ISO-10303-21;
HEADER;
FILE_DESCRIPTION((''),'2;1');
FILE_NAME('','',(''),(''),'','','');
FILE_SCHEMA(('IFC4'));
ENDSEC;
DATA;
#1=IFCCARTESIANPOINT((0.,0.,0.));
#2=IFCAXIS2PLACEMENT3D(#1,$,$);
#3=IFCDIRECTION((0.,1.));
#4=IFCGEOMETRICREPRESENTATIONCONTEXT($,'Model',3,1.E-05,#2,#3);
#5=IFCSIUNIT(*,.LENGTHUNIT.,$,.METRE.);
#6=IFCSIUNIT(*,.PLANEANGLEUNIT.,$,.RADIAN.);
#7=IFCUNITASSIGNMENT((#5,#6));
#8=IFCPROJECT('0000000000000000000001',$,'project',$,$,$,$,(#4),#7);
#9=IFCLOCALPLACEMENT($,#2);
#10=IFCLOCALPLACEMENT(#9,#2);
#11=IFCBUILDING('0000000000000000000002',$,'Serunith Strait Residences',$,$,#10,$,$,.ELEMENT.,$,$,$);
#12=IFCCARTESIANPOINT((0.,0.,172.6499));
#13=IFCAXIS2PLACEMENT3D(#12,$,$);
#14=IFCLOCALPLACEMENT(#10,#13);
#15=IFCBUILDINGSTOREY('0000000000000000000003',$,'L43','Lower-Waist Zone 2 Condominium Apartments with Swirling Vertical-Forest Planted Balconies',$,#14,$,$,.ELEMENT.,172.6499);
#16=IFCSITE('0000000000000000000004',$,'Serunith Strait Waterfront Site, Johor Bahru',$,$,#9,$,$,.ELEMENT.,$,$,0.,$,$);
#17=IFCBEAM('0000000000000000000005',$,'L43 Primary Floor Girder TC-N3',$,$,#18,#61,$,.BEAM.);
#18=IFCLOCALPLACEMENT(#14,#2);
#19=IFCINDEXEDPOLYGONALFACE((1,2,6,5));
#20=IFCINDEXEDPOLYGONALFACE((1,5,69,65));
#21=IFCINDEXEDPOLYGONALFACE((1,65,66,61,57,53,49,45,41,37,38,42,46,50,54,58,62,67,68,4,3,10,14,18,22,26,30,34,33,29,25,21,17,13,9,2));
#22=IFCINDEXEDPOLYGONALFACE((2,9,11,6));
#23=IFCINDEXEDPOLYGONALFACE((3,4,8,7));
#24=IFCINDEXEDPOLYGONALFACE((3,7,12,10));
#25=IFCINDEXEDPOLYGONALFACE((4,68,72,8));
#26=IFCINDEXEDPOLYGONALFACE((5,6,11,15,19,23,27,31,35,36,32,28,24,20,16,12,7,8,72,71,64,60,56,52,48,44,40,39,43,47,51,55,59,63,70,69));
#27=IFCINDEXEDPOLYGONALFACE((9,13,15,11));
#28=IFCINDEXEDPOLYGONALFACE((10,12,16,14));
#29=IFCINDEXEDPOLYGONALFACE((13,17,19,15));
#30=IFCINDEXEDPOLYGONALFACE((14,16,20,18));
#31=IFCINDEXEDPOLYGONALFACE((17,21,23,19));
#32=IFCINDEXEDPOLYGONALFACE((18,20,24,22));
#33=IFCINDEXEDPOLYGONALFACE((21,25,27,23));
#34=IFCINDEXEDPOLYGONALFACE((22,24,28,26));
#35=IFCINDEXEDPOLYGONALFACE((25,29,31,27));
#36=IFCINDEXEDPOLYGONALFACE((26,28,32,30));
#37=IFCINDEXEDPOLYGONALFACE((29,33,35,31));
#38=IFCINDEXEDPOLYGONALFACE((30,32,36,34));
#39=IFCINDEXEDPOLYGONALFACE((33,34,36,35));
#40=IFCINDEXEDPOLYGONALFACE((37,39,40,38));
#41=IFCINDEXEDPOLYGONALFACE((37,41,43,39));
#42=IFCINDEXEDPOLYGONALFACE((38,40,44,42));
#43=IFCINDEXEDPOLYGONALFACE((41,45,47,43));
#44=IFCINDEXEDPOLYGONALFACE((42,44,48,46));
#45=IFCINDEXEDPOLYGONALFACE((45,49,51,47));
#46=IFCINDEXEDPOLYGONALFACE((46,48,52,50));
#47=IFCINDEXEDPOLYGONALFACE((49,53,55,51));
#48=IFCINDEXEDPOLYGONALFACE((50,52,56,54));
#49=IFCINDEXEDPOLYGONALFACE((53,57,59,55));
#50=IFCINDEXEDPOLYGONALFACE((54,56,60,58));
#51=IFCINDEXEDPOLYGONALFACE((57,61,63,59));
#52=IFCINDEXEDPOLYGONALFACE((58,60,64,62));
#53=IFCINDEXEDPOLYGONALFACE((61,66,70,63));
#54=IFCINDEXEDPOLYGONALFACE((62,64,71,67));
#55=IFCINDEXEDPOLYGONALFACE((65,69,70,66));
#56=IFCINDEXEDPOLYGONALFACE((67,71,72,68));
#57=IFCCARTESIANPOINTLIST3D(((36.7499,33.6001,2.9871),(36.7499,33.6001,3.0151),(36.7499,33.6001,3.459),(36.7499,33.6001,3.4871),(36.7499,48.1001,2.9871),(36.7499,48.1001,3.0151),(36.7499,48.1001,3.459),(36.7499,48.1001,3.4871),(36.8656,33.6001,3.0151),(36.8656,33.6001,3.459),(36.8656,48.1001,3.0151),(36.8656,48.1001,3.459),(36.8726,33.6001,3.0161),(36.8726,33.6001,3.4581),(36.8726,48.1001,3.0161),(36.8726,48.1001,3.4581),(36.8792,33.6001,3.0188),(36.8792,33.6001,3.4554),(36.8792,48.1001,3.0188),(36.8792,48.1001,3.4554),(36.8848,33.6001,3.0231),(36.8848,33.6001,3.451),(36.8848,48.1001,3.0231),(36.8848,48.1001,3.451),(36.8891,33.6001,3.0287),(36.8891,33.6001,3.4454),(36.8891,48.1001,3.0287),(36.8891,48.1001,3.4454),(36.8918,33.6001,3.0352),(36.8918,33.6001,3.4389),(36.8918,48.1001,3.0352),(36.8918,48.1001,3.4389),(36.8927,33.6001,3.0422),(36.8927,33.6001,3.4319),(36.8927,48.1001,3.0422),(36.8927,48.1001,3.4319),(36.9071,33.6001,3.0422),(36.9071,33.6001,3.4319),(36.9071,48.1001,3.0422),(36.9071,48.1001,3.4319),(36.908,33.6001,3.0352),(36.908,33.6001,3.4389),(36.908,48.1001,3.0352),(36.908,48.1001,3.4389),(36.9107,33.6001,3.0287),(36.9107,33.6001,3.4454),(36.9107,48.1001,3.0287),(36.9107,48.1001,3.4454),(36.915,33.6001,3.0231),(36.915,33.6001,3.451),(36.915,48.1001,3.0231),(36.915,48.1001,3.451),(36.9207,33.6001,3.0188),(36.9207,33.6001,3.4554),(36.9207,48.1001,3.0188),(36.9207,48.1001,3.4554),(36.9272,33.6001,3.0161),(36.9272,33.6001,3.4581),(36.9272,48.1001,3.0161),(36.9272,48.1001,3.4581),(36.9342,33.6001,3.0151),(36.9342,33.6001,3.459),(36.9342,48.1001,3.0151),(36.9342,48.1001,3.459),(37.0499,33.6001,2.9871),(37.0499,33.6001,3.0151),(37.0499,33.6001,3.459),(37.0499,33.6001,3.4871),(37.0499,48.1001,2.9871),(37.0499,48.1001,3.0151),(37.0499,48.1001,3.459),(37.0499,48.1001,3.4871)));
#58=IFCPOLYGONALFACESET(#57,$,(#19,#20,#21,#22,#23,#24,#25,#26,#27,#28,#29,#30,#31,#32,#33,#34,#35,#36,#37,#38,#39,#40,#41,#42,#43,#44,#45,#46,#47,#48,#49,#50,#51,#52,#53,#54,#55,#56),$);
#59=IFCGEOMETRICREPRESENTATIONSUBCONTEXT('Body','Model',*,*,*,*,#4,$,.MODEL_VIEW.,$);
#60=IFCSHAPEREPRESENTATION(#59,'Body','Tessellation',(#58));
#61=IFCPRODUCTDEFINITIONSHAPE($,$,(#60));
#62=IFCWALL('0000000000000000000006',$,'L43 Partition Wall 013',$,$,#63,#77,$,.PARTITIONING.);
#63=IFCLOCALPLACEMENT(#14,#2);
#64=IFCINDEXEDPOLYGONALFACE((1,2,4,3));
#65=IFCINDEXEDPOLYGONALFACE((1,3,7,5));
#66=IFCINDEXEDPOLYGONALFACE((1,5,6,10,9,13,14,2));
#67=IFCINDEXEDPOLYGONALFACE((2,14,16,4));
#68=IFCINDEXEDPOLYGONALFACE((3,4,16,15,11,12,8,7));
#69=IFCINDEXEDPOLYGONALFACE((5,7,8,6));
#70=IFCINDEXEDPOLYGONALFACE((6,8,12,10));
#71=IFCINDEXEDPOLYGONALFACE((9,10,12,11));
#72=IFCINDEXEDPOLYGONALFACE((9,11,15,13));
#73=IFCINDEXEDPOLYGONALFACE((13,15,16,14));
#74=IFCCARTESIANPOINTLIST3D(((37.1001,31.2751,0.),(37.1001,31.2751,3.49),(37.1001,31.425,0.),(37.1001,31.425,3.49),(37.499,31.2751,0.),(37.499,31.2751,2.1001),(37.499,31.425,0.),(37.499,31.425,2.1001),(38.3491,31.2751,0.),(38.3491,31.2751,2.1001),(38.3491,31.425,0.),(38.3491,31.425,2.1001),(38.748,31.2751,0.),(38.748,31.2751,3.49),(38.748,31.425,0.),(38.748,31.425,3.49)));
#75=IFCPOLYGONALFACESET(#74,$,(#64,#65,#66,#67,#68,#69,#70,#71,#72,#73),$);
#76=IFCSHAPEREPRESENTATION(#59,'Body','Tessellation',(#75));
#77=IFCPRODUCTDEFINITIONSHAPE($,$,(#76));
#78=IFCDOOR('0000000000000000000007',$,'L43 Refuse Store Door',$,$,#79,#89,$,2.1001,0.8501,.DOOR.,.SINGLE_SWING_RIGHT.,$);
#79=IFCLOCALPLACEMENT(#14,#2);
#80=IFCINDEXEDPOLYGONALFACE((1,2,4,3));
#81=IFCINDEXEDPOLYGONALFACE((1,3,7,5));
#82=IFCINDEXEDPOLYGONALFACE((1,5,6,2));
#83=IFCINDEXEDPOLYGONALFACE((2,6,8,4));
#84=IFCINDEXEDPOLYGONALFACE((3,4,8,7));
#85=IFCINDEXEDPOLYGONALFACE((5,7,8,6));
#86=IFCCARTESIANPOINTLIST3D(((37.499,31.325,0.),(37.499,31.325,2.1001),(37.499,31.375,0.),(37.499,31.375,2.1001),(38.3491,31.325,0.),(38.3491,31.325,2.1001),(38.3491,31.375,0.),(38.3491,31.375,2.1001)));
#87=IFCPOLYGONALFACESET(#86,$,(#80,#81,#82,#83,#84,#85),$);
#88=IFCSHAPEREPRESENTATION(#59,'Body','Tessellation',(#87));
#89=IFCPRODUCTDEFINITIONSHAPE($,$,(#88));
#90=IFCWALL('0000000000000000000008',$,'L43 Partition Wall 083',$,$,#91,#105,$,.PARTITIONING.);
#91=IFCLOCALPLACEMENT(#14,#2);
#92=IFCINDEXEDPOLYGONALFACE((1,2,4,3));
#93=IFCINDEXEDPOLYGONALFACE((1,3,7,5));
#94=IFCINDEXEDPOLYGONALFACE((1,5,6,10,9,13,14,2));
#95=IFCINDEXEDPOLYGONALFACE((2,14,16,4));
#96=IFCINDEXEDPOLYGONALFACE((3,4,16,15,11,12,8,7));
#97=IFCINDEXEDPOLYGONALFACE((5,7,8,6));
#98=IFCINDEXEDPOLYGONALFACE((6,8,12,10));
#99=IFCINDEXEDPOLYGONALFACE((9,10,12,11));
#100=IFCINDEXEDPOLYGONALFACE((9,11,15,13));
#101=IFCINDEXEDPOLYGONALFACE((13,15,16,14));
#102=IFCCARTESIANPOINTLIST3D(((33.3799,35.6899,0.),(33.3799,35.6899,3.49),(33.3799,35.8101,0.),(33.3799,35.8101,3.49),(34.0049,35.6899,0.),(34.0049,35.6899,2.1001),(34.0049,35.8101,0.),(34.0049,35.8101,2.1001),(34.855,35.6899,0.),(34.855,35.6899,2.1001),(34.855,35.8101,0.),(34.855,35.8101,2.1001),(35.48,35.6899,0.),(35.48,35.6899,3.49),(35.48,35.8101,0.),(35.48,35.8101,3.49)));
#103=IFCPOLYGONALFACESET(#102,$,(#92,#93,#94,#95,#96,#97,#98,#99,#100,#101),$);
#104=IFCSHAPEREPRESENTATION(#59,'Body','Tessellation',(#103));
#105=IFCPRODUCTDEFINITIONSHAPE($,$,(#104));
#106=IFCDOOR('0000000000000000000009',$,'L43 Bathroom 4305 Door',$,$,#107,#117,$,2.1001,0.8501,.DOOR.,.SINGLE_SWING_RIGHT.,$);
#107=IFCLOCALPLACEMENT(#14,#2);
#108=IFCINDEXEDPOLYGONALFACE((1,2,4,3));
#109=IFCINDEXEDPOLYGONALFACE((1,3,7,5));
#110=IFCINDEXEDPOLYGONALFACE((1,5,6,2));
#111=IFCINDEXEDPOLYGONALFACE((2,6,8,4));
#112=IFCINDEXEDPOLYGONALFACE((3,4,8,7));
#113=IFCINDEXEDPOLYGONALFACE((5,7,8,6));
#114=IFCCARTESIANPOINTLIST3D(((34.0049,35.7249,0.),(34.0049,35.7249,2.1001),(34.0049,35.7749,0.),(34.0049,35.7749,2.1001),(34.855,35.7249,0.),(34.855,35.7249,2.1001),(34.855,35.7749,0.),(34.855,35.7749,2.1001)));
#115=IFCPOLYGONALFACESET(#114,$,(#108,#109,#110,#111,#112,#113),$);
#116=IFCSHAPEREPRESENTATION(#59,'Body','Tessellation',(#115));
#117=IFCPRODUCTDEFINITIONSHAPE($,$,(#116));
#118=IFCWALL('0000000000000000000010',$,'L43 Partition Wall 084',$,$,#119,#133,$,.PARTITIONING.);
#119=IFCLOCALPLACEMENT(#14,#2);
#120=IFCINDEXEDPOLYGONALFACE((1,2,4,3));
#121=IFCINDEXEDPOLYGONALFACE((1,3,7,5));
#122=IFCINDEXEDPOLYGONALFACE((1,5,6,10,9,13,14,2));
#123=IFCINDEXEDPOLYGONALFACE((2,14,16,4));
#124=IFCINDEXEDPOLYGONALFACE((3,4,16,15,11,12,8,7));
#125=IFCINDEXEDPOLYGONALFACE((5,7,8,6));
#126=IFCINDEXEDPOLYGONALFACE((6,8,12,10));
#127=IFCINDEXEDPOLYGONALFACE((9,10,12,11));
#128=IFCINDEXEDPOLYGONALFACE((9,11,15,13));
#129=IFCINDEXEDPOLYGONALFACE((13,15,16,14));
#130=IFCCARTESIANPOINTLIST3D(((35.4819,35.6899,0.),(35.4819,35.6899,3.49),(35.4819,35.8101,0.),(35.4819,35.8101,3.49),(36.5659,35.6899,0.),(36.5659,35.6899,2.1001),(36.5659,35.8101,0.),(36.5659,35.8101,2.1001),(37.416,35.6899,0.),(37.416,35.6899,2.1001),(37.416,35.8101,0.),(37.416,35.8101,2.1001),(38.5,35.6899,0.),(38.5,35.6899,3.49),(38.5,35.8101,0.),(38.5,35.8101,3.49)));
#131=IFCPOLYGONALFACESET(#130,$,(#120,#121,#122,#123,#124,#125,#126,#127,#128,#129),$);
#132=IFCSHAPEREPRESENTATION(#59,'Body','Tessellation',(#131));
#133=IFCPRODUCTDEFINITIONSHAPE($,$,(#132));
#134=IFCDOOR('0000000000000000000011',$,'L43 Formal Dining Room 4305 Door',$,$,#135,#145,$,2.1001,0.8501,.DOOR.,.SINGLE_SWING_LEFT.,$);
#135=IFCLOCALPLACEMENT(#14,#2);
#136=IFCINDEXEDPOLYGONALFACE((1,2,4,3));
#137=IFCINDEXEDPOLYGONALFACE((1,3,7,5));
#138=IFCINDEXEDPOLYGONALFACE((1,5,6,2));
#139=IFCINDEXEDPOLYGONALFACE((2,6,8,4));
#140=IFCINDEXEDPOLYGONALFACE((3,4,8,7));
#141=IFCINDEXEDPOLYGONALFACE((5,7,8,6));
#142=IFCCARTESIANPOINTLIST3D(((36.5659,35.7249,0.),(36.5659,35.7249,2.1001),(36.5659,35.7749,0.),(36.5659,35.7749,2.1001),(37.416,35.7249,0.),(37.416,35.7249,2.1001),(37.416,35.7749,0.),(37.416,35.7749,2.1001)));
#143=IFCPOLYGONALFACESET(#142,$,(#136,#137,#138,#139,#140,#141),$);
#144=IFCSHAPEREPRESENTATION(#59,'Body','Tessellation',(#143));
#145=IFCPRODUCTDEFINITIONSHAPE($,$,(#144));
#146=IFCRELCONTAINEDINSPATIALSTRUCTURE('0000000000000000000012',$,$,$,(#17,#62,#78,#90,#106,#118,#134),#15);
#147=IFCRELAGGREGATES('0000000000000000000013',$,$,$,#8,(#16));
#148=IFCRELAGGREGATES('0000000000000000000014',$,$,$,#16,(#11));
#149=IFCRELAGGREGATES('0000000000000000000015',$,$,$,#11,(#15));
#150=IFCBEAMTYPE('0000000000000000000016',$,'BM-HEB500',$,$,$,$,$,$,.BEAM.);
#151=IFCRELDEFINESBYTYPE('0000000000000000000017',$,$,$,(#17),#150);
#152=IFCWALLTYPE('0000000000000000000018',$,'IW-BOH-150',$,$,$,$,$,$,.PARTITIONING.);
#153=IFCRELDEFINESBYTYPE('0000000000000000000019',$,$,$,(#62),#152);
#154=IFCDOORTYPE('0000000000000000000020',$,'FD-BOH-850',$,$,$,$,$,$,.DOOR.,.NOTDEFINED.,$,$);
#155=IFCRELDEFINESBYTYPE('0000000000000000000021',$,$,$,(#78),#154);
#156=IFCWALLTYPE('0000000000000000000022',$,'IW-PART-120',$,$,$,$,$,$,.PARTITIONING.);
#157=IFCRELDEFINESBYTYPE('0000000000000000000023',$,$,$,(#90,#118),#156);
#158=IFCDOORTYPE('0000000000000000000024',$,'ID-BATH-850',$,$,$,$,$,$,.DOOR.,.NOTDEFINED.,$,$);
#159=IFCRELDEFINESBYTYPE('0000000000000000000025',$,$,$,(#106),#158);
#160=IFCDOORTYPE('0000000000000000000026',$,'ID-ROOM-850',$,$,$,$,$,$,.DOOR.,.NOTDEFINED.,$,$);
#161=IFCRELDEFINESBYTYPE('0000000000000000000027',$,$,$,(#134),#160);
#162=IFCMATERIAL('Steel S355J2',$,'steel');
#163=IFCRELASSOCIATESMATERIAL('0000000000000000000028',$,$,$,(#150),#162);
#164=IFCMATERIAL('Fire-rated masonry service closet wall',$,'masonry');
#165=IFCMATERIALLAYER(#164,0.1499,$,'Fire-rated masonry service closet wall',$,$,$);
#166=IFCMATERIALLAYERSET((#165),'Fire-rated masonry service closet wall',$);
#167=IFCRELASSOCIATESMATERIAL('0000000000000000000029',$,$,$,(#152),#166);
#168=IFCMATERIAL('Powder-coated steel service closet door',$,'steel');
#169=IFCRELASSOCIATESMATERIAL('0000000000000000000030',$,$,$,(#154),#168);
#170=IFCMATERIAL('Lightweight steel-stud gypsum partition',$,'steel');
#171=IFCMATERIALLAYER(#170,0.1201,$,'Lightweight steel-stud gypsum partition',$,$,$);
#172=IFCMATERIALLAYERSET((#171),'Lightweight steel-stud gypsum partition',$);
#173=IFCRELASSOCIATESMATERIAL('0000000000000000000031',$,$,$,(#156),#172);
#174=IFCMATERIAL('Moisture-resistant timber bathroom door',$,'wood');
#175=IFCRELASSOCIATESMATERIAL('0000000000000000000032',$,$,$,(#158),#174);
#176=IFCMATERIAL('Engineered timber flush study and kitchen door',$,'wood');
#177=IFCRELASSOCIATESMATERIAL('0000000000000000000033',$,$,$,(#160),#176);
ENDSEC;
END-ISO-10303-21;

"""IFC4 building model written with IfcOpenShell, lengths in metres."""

from ifc_helpers import new_model, si_unit, direction, frame, frame_2d, origin, origin_2d, place, context, subcontext, project, spatial, rectangle, i_section, extrude, source, transform, mapped, material, layer, layer_set, material_profile, profile_set, type_object, element, fill, save


model = new_model("IFC4")

# Units and contexts
model_context = context("Model", 3, precision=1e-05, world=origin(), true_north=direction((0.0, 1.0)))
body_context = subcontext(model_context, "Body", "Model", "MODEL_VIEW")
ifc_project = project(units=[si_unit("LENGTHUNIT", "METRE"), si_unit("PLANEANGLEUNIT", "RADIAN")], contexts=[model_context])

# Site, building, storey
site_placement = place(None, origin())
site = spatial("IfcSite", under=ifc_project, at=site_placement, Name="Serunith Strait Waterfront Site, Johor Bahru", CompositionType="ELEMENT", RefElevation=0.0)
building_placement = place(site_placement, origin())
building = spatial("IfcBuilding", under=site, at=building_placement, Name="Serunith Strait Residences", CompositionType="ELEMENT")
storey_placement = place(building_placement, frame((0.0, 0.0, 172.6499)))
storey = spatial("IfcBuildingStorey", under=building, at=storey_placement, Name="L43", Description="Lower-Waist Zone 2 Condominium Apartments with Swirling Vertical-Forest Planted Balconies", CompositionType="ELEMENT", Elevation=172.6499)

# Beam
ifc_material_1 = material(Name="Steel S355J2", Category="steel")
ifc_material_profile = material_profile(ifc_material_1, i_section(OverallWidth=0.3, OverallDepth=0.5, WebThickness=0.0144, FlangeThickness=0.0281, FilletRadius=0.0271, at=origin_2d()), Name="HEB 500")
ifc_profile_set = profile_set([ifc_material_profile], Name="Steel S355J2")
beam_type = type_object("IfcBeamType", Name="BM-HEB500", PredefinedType="BEAM", material=ifc_profile_set)
shared_shape_1 = source(origin(), body_context, "Body", "SweptSolid", [
    extrude(i_section(OverallWidth=0.3, OverallDepth=0.5, WebThickness=0.0144, FlangeThickness=0.0281, FilletRadius=0.0271, at=origin_2d()), origin(), (0.0, 0.0, 1.0), 14.5),
])
beam_placement = place(storey_placement, frame((36.8999, 33.6001, 3.2371), z_axis=(0.0, 1.0, 0.0), x_axis=(-1.0, 0.0, 0.0)))
element("IfcBeam", 1, at=beam_placement, inside=storey, type_object=beam_type, Name="L43 Primary Floor Girder TC-N3", PredefinedType="BEAM", context=body_context, shape_type="MappedRepresentation", body=[
    mapped(shared_shape_1, transform((0.0, 0.0, 0.0), scale=1.0)),
])

# Walls, openings, doors
ifc_material_2 = material(Name="Fire-rated masonry service closet wall", Category="masonry")
ifc_layer_1 = layer(ifc_material_2, 0.1499, Name="Fire-rated masonry service closet wall")
ifc_layer_set_1 = layer_set([ifc_layer_1], Name="Fire-rated masonry service closet wall")
wall_type_1 = type_object("IfcWallType", Name="IW-BOH-150", PredefinedType="PARTITIONING", material=ifc_layer_set_1)
wall_1_placement = place(storey_placement, frame((37.1001, 31.3501, 0.0), z_axis=(0.0, 0.0, 1.0), x_axis=(1.0, 0.0, 0.0)))
wall_1 = element("IfcWall", 2, at=wall_1_placement, inside=storey, type_object=wall_type_1, Name="L43 Partition Wall 013", PredefinedType="PARTITIONING", context=body_context, shape_type="SweptSolid", body=[
    extrude(rectangle(XDim=1.6479, YDim=0.1499, at=frame_2d((0.824, 0.0))), origin(), (0.0, 0.0, 1.0), 3.49),
])
opening_1_placement = place(wall_1_placement, frame((0.3989, 0.0, 0.0)))
opening_1 = element("IfcOpeningElement", 3, at=opening_1_placement, cuts=wall_1, PredefinedType="OPENING", context=body_context, shape_type="SweptSolid", body=[
    extrude(rectangle(XDim=0.8501, YDim=2.1001, at=frame_2d((0.425, 1.05))), frame((0.0, 0.085, 0.0), z_axis=(0.0, -1.0, 0.0), x_axis=(1.0, 0.0, 0.0)), (0.0, 0.0, 1.0), 0.1699),
])
ifc_material_3 = material(Name="Powder-coated steel service closet door", Category="steel")
door_type_1 = type_object("IfcDoorType", Name="FD-BOH-850", OperationType="NOTDEFINED", PredefinedType="DOOR", material=ifc_material_3)
shared_shape_2 = source(origin(), body_context, "Body", "SweptSolid", [
    extrude(rectangle(XDim=0.8501, YDim=2.1001, at=frame_2d((0.425, 1.05))), frame((0.0, 0.0249, 0.0), z_axis=(0.0, -1.0, 0.0), x_axis=(1.0, 0.0, 0.0)), (0.0, 0.0, 1.0), 0.05),
])
door_1_placement = place(opening_1_placement, origin())
door_1 = element("IfcDoor", 4, at=door_1_placement, inside=storey, type_object=door_type_1, Name="L43 Refuse Store Door", OperationType="SINGLE_SWING_RIGHT", OverallHeight=2.1001, OverallWidth=0.8501, PredefinedType="DOOR", context=body_context, shape_type="MappedRepresentation", body=[
    mapped(shared_shape_2, transform((0.0, 0.0, 0.0), scale=1.0)),
])
fill(opening_1, door_1)
ifc_material_4 = material(Name="Lightweight steel-stud gypsum partition", Category="steel")
ifc_layer_2 = layer(ifc_material_4, 0.1201, Name="Lightweight steel-stud gypsum partition")
ifc_layer_set_2 = layer_set([ifc_layer_2], Name="Lightweight steel-stud gypsum partition")
wall_type_2 = type_object("IfcWallType", Name="IW-PART-120", PredefinedType="PARTITIONING", material=ifc_layer_set_2)
wall_2_placement = place(storey_placement, frame((33.3799, 35.75, 0.0), z_axis=(0.0, 0.0, 1.0), x_axis=(1.0, 0.0, 0.0)))
wall_2 = element("IfcWall", 5, at=wall_2_placement, inside=storey, type_object=wall_type_2, Name="L43 Partition Wall 083", PredefinedType="PARTITIONING", context=body_context, shape_type="SweptSolid", body=[
    extrude(rectangle(XDim=2.1001, YDim=0.1201, at=frame_2d((1.05, 0.0))), origin(), (0.0, 0.0, 1.0), 3.49),
])
opening_2_placement = place(wall_2_placement, frame((0.625, 0.0, 0.0)))
opening_2 = element("IfcOpeningElement", 6, at=opening_2_placement, cuts=wall_2, PredefinedType="OPENING", context=body_context, shape_type="SweptSolid", body=[
    extrude(rectangle(XDim=0.8501, YDim=2.1001, at=frame_2d((0.425, 1.05))), frame((0.0, 0.0701, 0.0), z_axis=(0.0, -1.0, 0.0), x_axis=(1.0, 0.0, 0.0)), (0.0, 0.0, 1.0), 0.1401),
])
ifc_material_5 = material(Name="Moisture-resistant timber bathroom door", Category="wood")
door_type_2 = type_object("IfcDoorType", Name="ID-BATH-850", OperationType="NOTDEFINED", PredefinedType="DOOR", material=ifc_material_5)
door_2_placement = place(opening_2_placement, origin())
door_2 = element("IfcDoor", 7, at=door_2_placement, inside=storey, type_object=door_type_2, Name="L43 Bathroom 4305 Door", OperationType="SINGLE_SWING_RIGHT", OverallHeight=2.1001, OverallWidth=0.8501, PredefinedType="DOOR", context=body_context, shape_type="MappedRepresentation", body=[
    mapped(shared_shape_2, transform((0.0, 0.0, 0.0), scale=1.0)),
])
fill(opening_2, door_2)
wall_3_placement = place(storey_placement, frame((35.4819, 35.75, 0.0), z_axis=(0.0, 0.0, 1.0), x_axis=(1.0, 0.0, 0.0)))
wall_3 = element("IfcWall", 8, at=wall_3_placement, inside=storey, type_object=wall_type_2, Name="L43 Partition Wall 084", PredefinedType="PARTITIONING", context=body_context, shape_type="SweptSolid", body=[
    extrude(rectangle(XDim=3.0181, YDim=0.1201, at=frame_2d((1.509, 0.0))), origin(), (0.0, 0.0, 1.0), 3.49),
])
opening_3_placement = place(wall_3_placement, frame((1.084, 0.0, 0.0)))
opening_3 = element("IfcOpeningElement", 9, at=opening_3_placement, cuts=wall_3, PredefinedType="OPENING", context=body_context, shape_type="SweptSolid", body=[
    extrude(rectangle(XDim=0.8501, YDim=2.1001, at=frame_2d((0.425, 1.05))), frame((0.0, 0.0701, 0.0), z_axis=(0.0, -1.0, 0.0), x_axis=(1.0, 0.0, 0.0)), (0.0, 0.0, 1.0), 0.1401),
])
ifc_material_6 = material(Name="Engineered timber flush study and kitchen door", Category="wood")
door_type_3 = type_object("IfcDoorType", Name="ID-ROOM-850", OperationType="NOTDEFINED", PredefinedType="DOOR", material=ifc_material_6)
door_3_placement = place(opening_3_placement, origin())
door_3 = element("IfcDoor", 10, at=door_3_placement, inside=storey, type_object=door_type_3, Name="L43 Formal Dining Room 4305 Door", OperationType="SINGLE_SWING_LEFT", OverallHeight=2.1001, OverallWidth=0.8501, PredefinedType="DOOR", context=body_context, shape_type="MappedRepresentation", body=[
    mapped(shared_shape_2, transform((0.0, 0.0, 0.0), scale=1.0)),
])
fill(opening_3, door_3)

save(model, "model.ifc")
